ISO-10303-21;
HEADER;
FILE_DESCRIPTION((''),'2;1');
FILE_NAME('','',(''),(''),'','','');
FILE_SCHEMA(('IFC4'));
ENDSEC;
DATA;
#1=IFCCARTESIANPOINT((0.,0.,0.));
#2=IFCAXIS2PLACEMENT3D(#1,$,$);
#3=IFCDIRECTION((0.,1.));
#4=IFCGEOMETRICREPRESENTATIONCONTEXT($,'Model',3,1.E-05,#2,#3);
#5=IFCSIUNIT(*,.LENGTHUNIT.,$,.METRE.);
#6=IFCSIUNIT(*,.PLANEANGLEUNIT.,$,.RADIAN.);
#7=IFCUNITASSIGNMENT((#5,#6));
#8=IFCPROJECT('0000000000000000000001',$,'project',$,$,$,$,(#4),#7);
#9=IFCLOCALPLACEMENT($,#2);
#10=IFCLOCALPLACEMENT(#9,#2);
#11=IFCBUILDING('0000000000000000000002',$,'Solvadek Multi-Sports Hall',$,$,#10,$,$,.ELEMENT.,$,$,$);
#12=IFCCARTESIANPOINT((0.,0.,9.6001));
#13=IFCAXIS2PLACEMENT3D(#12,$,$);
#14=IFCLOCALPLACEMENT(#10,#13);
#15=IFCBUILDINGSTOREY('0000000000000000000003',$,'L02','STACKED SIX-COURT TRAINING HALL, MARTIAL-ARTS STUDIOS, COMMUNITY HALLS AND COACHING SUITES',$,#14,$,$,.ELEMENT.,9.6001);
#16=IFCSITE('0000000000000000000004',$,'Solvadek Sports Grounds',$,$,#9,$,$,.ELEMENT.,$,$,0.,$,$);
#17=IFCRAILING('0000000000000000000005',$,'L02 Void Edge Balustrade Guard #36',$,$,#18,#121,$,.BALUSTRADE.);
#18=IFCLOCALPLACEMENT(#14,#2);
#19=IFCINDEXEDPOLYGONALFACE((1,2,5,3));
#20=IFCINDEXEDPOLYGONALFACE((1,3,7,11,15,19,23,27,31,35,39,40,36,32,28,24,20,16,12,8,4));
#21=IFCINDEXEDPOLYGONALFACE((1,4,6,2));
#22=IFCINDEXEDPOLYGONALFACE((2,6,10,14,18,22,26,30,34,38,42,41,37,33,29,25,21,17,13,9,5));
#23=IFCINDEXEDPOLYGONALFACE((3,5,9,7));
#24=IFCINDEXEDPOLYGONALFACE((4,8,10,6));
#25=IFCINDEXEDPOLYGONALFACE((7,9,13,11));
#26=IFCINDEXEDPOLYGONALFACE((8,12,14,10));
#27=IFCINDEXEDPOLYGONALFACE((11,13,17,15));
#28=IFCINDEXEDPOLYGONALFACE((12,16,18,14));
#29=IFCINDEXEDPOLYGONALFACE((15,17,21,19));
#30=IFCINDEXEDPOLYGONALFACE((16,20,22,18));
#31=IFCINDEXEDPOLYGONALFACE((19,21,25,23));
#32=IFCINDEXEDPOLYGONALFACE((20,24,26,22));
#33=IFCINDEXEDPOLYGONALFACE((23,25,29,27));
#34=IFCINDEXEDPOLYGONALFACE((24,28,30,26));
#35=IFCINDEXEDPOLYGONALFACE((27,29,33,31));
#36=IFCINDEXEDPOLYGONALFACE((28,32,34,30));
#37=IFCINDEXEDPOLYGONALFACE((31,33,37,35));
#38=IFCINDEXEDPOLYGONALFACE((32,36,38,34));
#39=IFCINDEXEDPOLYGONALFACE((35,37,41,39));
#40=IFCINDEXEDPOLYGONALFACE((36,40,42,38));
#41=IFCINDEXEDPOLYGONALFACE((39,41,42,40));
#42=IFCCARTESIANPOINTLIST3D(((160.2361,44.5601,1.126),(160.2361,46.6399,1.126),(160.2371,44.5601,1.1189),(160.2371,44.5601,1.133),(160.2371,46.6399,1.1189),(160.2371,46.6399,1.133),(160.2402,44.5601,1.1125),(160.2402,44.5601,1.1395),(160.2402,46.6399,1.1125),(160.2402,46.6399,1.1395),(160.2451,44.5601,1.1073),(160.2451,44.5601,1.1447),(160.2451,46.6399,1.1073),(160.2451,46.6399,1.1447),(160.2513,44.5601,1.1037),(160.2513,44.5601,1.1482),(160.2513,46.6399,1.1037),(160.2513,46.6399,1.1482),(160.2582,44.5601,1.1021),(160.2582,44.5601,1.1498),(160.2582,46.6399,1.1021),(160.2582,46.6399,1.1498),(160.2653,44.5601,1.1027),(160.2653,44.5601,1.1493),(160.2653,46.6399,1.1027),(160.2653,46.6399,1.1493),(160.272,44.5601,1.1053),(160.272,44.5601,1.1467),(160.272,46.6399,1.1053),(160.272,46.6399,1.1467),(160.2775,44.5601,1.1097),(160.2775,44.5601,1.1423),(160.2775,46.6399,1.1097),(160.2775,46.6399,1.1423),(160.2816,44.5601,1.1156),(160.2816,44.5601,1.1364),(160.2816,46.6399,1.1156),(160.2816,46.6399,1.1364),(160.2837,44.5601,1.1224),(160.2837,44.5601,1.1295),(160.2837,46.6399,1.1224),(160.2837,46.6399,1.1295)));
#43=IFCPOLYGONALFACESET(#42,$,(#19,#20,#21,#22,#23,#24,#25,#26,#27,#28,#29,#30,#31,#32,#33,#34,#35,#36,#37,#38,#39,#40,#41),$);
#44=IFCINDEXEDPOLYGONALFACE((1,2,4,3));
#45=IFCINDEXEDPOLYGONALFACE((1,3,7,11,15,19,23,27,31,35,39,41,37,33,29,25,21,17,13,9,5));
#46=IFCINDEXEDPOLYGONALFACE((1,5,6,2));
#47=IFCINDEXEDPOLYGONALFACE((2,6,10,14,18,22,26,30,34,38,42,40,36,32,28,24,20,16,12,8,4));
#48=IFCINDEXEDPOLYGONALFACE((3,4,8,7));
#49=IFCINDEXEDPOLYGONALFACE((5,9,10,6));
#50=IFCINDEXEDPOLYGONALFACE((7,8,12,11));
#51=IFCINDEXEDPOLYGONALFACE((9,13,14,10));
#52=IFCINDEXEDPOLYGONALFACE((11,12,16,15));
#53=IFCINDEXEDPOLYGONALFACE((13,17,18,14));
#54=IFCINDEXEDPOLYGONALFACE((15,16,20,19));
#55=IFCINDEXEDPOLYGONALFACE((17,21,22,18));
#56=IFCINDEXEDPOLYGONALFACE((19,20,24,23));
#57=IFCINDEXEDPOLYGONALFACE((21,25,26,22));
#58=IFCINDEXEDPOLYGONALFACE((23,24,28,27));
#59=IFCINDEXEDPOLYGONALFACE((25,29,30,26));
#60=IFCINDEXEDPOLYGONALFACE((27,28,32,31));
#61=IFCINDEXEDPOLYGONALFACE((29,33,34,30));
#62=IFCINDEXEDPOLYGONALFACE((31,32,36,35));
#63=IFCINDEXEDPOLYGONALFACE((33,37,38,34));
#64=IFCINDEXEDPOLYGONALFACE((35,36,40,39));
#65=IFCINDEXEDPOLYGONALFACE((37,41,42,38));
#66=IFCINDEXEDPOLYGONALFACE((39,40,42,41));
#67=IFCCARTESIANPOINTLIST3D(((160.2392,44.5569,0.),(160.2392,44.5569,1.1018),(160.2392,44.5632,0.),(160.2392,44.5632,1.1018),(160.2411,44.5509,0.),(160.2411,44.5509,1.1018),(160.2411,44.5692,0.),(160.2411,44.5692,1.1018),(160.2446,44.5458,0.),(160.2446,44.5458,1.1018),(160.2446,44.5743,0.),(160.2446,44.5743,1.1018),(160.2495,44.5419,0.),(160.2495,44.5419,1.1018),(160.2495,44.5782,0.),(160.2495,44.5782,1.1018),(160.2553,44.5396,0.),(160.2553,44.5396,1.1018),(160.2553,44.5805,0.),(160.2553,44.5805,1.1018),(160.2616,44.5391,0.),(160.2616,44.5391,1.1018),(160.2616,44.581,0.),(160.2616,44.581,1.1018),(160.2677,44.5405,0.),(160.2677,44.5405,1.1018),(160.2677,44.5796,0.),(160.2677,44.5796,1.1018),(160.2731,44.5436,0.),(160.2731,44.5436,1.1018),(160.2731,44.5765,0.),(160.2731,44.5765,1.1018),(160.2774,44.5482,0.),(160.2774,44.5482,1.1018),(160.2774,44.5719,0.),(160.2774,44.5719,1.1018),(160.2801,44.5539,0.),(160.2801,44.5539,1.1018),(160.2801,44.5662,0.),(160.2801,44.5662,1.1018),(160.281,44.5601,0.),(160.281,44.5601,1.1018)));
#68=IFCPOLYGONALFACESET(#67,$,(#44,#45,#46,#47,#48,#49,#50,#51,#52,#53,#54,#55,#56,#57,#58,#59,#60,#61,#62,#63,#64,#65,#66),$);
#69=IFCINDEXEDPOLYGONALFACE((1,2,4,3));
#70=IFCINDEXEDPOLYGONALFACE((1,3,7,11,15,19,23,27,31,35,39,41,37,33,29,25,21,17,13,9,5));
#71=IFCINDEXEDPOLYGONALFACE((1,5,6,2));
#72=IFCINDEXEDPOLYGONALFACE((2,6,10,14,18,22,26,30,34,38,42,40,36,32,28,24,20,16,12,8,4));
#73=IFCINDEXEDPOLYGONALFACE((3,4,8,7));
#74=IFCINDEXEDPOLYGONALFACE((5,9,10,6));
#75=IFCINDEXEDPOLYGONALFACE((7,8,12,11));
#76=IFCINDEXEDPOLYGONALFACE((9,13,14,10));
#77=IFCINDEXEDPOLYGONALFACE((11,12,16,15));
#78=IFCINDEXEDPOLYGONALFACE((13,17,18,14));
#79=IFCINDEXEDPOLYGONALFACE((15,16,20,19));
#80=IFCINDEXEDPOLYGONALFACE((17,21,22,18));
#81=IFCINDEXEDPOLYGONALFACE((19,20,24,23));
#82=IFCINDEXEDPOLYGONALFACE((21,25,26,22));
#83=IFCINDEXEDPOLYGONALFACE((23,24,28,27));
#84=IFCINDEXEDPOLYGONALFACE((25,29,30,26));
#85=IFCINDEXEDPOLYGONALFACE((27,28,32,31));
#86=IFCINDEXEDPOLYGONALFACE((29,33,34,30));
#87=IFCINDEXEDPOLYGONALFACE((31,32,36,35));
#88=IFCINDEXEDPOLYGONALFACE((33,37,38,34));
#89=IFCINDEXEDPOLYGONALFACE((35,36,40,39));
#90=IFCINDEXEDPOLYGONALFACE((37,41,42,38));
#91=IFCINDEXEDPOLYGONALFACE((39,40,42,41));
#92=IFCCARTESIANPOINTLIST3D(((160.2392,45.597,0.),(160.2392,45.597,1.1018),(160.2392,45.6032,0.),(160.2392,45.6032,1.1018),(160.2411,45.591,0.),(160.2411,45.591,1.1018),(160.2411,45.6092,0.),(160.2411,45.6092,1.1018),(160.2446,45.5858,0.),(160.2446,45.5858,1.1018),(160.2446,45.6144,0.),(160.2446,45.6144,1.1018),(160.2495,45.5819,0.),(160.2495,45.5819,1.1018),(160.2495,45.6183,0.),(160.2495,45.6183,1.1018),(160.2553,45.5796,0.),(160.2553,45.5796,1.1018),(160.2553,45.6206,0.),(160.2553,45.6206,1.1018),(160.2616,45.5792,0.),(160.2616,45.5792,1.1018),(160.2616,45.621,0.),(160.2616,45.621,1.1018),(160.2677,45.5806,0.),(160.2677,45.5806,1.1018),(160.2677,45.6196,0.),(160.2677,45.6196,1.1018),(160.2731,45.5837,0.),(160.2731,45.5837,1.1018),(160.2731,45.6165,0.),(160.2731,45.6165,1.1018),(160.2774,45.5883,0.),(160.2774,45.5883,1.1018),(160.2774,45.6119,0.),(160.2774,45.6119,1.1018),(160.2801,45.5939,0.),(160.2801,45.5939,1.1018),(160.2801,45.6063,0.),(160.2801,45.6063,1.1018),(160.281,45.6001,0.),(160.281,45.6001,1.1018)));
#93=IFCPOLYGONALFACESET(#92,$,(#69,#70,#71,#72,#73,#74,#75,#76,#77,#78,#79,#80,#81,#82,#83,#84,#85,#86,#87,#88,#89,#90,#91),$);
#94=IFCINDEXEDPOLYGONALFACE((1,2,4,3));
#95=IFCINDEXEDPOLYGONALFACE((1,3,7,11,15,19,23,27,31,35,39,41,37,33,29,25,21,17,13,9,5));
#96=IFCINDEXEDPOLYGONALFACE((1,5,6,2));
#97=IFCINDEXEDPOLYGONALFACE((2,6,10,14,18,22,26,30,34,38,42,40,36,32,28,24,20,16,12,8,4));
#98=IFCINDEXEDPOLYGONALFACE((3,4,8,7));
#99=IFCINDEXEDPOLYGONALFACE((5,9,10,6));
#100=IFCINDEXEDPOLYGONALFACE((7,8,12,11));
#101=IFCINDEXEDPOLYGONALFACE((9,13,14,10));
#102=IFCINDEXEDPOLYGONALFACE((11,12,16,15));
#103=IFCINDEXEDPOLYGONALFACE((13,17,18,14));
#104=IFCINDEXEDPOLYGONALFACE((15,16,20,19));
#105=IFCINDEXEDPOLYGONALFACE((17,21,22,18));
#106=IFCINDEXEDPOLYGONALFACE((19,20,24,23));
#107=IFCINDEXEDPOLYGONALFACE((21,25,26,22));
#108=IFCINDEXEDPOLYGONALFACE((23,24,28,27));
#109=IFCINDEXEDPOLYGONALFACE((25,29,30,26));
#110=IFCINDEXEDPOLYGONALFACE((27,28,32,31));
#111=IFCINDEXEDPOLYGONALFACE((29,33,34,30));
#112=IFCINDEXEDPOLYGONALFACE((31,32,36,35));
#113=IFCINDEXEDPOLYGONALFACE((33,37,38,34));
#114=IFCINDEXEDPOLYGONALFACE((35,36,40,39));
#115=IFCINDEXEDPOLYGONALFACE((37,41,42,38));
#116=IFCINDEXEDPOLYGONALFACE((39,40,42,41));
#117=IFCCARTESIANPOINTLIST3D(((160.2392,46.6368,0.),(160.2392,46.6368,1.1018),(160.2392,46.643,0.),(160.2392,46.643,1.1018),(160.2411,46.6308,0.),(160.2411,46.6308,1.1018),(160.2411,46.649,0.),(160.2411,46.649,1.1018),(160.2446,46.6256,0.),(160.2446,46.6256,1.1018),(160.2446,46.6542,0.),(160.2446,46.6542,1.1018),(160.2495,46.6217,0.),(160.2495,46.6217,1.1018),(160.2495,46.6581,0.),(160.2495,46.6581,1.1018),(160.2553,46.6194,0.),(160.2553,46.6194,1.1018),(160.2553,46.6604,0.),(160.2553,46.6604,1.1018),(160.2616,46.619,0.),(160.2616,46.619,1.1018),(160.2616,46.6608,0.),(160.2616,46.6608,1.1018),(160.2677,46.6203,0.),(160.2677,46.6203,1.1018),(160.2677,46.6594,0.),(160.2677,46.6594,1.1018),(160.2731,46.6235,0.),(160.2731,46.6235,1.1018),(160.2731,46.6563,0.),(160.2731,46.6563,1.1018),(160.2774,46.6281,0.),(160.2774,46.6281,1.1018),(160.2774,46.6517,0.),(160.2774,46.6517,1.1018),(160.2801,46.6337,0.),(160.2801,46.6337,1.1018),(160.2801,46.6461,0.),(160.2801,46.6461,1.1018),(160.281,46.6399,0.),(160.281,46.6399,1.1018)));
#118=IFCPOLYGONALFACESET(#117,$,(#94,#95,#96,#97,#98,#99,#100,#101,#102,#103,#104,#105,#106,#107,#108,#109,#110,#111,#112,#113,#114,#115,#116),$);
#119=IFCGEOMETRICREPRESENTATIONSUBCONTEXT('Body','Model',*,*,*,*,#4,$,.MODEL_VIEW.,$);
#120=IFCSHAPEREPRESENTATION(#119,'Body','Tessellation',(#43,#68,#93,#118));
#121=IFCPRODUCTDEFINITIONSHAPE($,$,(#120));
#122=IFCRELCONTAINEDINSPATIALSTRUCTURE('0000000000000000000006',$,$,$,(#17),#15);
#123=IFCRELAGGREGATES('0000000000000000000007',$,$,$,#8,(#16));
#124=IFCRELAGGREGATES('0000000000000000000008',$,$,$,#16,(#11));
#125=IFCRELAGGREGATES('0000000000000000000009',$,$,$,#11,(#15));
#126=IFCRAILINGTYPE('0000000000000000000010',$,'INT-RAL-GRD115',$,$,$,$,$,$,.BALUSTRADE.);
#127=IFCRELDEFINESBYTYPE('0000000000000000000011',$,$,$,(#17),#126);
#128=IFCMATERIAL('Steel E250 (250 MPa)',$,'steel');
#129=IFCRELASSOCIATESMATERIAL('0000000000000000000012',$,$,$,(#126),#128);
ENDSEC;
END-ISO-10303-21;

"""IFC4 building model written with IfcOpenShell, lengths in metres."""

from ifc_helpers import new_model, si_unit, direction, frame, origin, origin_2d, place, context, subcontext, project, spatial, circle, extrude, material, type_object, element, save


model = new_model("IFC4")

# Units and contexts
model_context = context("Model", 3, precision=1e-05, world=origin(), true_north=direction((0.0, 1.0)))
body_context = subcontext(model_context, "Body", "Model", "MODEL_VIEW")
ifc_project = project(units=[si_unit("LENGTHUNIT", "METRE"), si_unit("PLANEANGLEUNIT", "RADIAN")], contexts=[model_context])

# Site, building, storey
site_placement = place(None, origin())
site = spatial("IfcSite", under=ifc_project, at=site_placement, Name="Solvadek Sports Grounds", CompositionType="ELEMENT", RefElevation=0.0)
building_placement = place(site_placement, origin())
building = spatial("IfcBuilding", under=site, at=building_placement, Name="Solvadek Multi-Sports Hall", CompositionType="ELEMENT")
storey_placement = place(building_placement, frame((0.0, 0.0, 9.6001)))
storey = spatial("IfcBuildingStorey", under=building, at=storey_placement, Name="L02", Description="STACKED SIX-COURT TRAINING HALL, MARTIAL-ARTS STUDIOS, COMMUNITY HALLS AND COACHING SUITES", CompositionType="ELEMENT", Elevation=9.6001)

# Railing
ifc_material_1 = material(Name="Steel E250 (250 MPa)", Category="steel")
railing_type = type_object("IfcRailingType", Name="INT-RAL-GRD115", PredefinedType="BALUSTRADE", material=ifc_material_1)
railing_1_placement = place(storey_placement, frame((160.26, 44.5601, 0.0)))
element("IfcRailing", 1, at=railing_1_placement, inside=storey, type_object=railing_type, Name="L02 Void Edge Balustrade Guard #36", PredefinedType="BALUSTRADE", context=body_context, shape_type="SweptSolid", body=[
    extrude(circle(Radius=0.0239, at=origin_2d()), frame((0.0, 0.0, 1.126), z_axis=(0.0, 1.0, 0.0), x_axis=(-1.0, 0.0, 0.0)), (0.0, 0.0, 1.0), 2.0798),
    extrude(circle(Radius=0.021, at=origin_2d()), origin(), (0.0, 0.0, 1.0), 1.1018),
    extrude(circle(Radius=0.021, at=origin_2d()), frame((0.0, 1.04, 0.0)), (0.0, 0.0, 1.0), 1.1018),
    extrude(circle(Radius=0.021, at=origin_2d()), frame((0.0, 2.0798, 0.0)), (0.0, 0.0, 1.0), 1.1018),
])

save(model, "model.ifc")
